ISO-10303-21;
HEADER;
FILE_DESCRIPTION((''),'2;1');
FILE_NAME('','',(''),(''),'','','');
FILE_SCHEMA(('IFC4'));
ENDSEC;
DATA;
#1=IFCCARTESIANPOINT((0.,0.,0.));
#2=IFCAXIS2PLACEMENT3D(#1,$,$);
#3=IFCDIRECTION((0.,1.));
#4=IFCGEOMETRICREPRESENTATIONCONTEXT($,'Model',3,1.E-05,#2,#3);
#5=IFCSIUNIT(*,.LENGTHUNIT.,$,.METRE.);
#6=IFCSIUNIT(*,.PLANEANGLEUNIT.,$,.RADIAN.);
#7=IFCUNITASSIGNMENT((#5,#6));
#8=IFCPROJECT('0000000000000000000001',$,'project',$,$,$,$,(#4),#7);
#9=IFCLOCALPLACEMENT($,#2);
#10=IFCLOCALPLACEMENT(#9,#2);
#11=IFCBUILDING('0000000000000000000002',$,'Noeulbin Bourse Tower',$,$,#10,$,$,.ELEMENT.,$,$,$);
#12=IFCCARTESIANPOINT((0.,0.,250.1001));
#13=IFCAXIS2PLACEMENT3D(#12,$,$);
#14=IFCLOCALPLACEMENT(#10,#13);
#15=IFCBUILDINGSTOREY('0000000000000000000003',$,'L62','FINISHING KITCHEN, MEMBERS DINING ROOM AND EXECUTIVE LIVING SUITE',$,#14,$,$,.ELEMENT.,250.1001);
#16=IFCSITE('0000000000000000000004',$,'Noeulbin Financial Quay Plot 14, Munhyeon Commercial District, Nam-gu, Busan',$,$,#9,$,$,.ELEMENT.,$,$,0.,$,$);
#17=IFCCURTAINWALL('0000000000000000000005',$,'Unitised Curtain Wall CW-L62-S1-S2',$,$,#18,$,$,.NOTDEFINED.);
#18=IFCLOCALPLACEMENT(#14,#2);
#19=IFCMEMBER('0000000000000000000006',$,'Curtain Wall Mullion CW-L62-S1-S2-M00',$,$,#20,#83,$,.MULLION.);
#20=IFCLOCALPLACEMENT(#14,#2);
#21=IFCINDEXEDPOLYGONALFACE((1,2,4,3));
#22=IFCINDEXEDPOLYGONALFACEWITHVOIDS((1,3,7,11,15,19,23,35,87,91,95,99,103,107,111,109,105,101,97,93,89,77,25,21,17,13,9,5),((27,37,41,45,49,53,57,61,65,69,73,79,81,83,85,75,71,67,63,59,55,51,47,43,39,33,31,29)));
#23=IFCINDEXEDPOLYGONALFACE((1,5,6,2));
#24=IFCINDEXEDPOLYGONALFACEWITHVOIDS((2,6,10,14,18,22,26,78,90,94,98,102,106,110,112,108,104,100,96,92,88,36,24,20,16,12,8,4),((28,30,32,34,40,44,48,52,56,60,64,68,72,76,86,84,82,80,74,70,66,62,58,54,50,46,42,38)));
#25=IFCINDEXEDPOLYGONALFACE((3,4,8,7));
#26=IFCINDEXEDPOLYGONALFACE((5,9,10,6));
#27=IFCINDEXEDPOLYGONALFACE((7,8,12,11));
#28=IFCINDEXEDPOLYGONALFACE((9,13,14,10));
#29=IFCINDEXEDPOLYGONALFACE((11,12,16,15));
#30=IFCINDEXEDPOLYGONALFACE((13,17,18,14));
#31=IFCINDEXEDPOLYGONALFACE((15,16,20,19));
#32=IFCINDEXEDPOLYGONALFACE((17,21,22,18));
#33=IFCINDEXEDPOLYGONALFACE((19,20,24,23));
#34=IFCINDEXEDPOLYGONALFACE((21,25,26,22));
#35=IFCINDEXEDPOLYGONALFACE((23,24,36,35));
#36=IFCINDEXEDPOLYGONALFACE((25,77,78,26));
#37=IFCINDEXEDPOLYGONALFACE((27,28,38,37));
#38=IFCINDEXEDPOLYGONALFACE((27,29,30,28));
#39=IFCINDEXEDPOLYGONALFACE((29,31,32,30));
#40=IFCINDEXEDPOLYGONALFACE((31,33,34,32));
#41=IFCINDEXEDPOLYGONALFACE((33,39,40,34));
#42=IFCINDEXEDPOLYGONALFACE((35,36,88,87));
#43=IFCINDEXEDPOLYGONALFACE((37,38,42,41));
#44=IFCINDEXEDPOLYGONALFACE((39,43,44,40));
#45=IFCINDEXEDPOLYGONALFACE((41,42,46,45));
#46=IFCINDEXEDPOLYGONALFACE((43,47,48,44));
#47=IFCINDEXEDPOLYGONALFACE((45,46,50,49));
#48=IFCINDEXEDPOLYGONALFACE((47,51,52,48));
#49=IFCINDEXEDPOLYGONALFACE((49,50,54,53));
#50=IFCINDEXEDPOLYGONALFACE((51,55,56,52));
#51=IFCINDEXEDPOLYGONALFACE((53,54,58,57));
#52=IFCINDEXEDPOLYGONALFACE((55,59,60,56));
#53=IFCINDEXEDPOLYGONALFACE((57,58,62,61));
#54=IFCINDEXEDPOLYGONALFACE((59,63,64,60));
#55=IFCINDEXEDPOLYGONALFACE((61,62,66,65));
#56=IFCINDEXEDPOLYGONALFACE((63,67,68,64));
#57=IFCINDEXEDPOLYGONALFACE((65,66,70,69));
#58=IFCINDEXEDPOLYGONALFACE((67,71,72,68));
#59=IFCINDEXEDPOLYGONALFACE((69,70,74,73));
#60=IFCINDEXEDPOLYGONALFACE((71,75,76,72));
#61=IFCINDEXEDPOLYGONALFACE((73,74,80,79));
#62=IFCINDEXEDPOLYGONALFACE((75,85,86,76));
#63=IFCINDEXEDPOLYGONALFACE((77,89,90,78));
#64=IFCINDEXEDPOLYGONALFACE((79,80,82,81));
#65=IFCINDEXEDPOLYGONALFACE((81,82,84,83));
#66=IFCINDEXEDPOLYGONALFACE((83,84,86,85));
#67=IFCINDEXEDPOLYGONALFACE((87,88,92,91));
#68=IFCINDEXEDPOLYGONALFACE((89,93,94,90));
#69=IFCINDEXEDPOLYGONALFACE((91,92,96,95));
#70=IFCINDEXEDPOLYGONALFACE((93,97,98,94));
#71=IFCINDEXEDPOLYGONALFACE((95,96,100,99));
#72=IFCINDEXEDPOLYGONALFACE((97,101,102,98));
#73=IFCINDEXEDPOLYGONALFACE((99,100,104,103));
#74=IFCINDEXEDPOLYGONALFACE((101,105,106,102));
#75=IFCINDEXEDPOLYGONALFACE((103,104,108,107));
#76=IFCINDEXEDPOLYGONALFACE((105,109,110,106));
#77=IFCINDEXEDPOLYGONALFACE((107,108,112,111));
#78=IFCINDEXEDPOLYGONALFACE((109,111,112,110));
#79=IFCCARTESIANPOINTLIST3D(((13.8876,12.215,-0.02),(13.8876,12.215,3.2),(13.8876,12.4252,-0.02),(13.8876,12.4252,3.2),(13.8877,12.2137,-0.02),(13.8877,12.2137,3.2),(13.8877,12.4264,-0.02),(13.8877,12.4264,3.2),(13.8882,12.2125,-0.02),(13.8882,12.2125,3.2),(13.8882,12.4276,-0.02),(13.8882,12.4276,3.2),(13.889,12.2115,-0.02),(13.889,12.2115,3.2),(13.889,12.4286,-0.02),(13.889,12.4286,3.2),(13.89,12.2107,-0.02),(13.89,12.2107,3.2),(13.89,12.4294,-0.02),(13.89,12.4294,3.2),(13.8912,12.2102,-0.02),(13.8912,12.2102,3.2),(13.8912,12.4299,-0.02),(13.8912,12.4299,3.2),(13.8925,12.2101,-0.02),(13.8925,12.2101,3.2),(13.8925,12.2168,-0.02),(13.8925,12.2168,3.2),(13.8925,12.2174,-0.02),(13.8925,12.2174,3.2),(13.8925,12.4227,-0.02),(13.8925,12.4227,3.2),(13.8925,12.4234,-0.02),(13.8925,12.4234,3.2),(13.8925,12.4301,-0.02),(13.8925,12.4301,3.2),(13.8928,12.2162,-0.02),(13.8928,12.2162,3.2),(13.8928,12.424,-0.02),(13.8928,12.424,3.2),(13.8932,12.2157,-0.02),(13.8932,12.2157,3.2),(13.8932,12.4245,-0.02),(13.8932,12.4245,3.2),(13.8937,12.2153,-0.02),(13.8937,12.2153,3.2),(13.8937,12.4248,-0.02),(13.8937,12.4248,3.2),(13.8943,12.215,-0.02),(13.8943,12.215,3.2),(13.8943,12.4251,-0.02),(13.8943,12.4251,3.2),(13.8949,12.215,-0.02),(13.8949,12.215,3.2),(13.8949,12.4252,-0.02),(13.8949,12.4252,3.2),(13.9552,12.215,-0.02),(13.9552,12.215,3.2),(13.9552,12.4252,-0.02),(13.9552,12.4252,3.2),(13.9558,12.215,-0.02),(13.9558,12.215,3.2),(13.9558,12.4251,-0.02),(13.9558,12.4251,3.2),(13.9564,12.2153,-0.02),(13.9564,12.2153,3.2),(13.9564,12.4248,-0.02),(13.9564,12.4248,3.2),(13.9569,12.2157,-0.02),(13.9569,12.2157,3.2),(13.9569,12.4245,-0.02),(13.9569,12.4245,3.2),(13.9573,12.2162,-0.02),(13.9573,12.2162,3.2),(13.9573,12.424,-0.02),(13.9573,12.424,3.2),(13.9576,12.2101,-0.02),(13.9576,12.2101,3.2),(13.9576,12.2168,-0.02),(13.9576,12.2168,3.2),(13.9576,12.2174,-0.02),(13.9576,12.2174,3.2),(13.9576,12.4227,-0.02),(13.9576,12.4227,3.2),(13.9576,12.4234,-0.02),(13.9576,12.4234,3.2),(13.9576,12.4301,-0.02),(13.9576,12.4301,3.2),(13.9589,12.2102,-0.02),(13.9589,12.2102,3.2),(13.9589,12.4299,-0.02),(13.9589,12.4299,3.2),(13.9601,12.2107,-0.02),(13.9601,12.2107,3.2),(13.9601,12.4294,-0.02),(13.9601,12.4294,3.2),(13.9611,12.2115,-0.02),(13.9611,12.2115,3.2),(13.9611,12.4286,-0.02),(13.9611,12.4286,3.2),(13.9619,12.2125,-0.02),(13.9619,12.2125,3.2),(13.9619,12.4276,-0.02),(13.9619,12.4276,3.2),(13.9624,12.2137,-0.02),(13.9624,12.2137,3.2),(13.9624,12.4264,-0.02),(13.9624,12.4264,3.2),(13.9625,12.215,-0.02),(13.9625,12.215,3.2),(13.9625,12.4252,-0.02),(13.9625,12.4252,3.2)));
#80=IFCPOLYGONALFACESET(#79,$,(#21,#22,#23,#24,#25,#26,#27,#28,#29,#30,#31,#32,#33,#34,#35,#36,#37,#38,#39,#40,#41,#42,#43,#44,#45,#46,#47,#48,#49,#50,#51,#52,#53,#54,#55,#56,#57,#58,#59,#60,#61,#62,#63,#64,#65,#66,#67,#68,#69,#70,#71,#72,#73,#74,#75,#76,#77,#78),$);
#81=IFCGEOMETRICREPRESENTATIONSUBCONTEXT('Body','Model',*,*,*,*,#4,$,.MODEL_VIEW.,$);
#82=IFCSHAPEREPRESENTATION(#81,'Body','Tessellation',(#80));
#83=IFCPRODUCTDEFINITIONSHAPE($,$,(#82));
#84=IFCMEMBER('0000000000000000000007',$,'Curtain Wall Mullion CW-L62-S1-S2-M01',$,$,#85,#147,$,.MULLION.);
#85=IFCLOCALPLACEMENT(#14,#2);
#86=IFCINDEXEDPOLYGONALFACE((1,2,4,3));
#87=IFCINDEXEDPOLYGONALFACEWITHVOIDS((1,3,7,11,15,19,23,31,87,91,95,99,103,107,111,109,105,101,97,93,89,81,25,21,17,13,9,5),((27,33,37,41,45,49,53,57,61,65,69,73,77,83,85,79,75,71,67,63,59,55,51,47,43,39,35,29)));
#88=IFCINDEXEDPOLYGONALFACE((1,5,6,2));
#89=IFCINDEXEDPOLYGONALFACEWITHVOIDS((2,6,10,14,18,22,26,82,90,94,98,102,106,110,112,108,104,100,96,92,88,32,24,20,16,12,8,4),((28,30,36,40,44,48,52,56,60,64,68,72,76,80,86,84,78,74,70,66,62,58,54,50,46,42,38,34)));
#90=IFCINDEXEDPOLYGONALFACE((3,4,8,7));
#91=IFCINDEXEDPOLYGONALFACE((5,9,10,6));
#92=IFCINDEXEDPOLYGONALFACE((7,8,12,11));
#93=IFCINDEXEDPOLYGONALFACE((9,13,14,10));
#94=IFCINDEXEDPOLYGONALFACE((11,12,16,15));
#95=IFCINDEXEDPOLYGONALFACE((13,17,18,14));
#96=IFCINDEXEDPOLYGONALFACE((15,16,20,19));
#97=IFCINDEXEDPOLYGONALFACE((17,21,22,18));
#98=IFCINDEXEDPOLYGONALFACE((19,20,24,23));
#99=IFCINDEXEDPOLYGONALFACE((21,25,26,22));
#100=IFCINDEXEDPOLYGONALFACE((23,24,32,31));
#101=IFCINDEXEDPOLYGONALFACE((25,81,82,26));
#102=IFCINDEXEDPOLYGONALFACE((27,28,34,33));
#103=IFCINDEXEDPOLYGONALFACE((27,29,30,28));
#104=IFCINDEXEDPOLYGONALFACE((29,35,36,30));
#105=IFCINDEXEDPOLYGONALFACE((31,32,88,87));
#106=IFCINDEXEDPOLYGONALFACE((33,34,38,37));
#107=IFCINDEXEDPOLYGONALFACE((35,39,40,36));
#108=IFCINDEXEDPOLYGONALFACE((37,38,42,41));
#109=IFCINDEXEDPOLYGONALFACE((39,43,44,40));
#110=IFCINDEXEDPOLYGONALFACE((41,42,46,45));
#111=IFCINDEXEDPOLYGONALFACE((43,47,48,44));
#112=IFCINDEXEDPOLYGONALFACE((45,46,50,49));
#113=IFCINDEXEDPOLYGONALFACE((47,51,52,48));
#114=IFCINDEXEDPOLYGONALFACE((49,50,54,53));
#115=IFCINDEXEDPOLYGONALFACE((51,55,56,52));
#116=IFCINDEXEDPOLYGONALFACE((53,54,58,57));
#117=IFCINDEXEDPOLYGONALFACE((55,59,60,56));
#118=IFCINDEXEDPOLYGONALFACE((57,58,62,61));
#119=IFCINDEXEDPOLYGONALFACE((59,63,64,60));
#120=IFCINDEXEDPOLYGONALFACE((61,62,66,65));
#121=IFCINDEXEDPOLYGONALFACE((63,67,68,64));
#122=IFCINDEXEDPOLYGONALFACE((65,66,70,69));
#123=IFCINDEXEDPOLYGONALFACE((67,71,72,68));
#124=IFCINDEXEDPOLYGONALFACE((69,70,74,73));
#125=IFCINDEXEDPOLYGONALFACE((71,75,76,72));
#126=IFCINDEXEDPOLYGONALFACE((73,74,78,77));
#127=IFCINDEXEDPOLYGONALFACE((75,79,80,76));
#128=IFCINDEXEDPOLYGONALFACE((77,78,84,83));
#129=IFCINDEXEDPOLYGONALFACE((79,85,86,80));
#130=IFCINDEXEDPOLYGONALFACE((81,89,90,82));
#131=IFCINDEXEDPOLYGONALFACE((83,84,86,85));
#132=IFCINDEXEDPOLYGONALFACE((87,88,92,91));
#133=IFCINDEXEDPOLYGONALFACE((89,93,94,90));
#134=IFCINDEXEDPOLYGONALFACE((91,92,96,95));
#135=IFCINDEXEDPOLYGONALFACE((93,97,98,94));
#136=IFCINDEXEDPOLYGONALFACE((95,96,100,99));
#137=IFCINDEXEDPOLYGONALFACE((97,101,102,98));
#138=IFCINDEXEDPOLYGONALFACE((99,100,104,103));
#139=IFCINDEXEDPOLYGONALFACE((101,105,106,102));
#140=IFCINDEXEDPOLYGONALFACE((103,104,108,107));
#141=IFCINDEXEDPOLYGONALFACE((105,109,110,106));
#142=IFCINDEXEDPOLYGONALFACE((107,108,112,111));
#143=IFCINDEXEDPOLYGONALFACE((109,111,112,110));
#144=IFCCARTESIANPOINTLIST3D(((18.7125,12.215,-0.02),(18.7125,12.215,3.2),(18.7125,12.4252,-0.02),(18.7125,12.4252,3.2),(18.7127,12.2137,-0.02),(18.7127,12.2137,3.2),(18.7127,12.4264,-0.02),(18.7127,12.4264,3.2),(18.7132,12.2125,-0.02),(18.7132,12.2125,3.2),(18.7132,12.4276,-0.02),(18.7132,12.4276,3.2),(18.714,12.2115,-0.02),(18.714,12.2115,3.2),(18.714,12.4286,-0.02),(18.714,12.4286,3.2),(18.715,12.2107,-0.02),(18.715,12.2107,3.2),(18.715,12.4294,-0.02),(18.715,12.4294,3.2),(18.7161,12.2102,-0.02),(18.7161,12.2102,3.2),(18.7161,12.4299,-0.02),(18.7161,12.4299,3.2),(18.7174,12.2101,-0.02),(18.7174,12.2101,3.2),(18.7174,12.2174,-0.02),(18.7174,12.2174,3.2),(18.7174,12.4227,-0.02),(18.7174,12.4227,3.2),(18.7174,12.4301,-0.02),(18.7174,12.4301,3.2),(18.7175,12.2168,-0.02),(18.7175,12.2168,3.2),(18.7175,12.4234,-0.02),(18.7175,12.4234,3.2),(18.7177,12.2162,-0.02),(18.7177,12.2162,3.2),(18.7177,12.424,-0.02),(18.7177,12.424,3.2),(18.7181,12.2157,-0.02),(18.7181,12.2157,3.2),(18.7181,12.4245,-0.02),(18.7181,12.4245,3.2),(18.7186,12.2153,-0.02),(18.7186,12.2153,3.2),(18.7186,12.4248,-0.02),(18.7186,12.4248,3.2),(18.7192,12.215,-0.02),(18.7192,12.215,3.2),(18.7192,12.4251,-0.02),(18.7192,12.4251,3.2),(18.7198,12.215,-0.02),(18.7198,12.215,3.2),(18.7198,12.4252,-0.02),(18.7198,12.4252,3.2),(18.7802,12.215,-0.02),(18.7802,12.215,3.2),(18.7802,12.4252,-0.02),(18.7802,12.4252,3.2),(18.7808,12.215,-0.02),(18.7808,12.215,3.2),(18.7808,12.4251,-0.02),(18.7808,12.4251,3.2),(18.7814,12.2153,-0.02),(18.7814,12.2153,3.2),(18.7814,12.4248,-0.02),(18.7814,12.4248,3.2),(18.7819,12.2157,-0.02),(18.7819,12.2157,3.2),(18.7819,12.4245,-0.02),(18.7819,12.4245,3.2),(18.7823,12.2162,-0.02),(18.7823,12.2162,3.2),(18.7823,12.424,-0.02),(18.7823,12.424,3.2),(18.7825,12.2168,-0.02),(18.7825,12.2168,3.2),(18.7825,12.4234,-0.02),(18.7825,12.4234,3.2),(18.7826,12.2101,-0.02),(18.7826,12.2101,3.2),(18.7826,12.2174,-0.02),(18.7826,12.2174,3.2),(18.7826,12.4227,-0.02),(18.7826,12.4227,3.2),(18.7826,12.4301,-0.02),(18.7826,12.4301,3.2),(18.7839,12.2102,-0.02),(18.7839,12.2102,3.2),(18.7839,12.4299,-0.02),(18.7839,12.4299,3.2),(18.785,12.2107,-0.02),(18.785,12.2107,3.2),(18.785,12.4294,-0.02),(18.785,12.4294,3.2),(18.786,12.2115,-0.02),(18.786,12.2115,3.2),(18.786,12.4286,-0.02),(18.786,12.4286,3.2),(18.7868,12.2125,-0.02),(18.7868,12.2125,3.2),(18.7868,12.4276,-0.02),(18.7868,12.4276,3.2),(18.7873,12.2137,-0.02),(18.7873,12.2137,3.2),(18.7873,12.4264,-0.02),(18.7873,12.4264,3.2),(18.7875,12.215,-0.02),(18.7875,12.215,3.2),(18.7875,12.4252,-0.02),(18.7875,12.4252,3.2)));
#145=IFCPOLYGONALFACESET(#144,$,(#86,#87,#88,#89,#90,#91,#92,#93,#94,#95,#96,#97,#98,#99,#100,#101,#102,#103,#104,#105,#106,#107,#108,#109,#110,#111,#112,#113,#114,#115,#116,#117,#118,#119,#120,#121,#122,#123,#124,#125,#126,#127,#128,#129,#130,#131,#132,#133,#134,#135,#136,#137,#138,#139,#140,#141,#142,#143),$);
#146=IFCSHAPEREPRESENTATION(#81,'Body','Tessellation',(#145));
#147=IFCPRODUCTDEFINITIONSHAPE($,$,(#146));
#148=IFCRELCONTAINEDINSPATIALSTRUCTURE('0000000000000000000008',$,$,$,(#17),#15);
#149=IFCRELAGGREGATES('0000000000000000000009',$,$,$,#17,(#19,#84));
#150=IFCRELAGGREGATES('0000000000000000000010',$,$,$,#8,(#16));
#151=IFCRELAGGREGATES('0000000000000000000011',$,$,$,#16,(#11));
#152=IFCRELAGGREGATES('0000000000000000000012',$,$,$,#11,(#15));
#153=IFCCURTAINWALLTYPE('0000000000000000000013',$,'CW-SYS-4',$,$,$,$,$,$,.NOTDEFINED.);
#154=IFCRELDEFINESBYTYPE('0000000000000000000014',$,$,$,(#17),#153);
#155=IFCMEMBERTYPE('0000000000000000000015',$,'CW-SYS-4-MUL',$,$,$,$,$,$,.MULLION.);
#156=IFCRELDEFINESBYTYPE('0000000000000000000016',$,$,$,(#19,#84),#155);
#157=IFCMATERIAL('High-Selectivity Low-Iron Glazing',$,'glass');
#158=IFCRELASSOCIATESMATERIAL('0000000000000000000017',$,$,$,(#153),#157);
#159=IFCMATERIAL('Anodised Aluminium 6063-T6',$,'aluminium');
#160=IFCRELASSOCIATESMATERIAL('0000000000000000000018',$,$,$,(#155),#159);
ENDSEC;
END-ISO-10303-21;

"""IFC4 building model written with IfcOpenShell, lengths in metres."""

from ifc_helpers import new_model, si_unit, direction, frame, origin, origin_2d, place, context, subcontext, project, spatial, hollow_rectangle, extrude, material, material_profile, profile_set, type_object, element, aggregate, save


model = new_model("IFC4")

# Units and contexts
model_context = context("Model", 3, precision=1e-05, world=origin(), true_north=direction((0.0, 1.0)))
body_context = subcontext(model_context, "Body", "Model", "MODEL_VIEW")
ifc_project = project(units=[si_unit("LENGTHUNIT", "METRE"), si_unit("PLANEANGLEUNIT", "RADIAN")], contexts=[model_context])

# Site, building, storey
site_placement = place(None, origin())
site = spatial("IfcSite", under=ifc_project, at=site_placement, Name="Noeulbin Financial Quay Plot 14, Munhyeon Commercial District, Nam-gu, Busan", CompositionType="ELEMENT", RefElevation=0.0)
building_placement = place(site_placement, origin())
building = spatial("IfcBuilding", under=site, at=building_placement, Name="Noeulbin Bourse Tower", CompositionType="ELEMENT")
storey_placement = place(building_placement, frame((0.0, 0.0, 250.1001)))
storey = spatial("IfcBuildingStorey", under=building, at=storey_placement, Name="L62", Description="FINISHING KITCHEN, MEMBERS DINING ROOM AND EXECUTIVE LIVING SUITE", CompositionType="ELEMENT", Elevation=250.1001)

# Curtain wall, members
ifc_material_1 = material(Name="High-Selectivity Low-Iron Glazing", Category="glass")
curtain_wall_type = type_object("IfcCurtainWallType", Name="CW-SYS-4", PredefinedType="NOTDEFINED", material=ifc_material_1)
curtain_wall_1_placement = place(storey_placement, origin())
curtain_wall_1 = element("IfcCurtainWall", 1, at=curtain_wall_1_placement, inside=storey, type_object=curtain_wall_type, Name="Unitised Curtain Wall CW-L62-S1-S2", PredefinedType="NOTDEFINED")
ifc_material_2 = material(Name="Anodised Aluminium 6063-T6", Category="aluminium")
ifc_material_profile_1 = material_profile(ifc_material_2, hollow_rectangle(XDim=0.075, YDim=0.22, WallThickness=0.0049, InnerFilletRadius=0.0024, OuterFilletRadius=0.0049, at=origin_2d()), Name="ALU-MULL-75x220x5", Category="LoadBearing")
ifc_profile_set_1 = profile_set([ifc_material_profile_1], Name="Anodised Aluminium 6063-T6")
member_type_1 = type_object("IfcMemberType", Name="CW-SYS-4-MUL", PredefinedType="MULLION", material=ifc_profile_set_1)
member_1_placement = place(storey_placement, frame((13.925, 12.3201, -0.02), z_axis=(0.0, 0.0, 1.0), x_axis=(1.0, 0.0, 0.0)))
member_1 = element("IfcMember", 2, at=member_1_placement, type_object=member_type_1, Name="Curtain Wall Mullion CW-L62-S1-S2-M00", PredefinedType="MULLION", context=body_context, shape_type="SweptSolid", body=[
    extrude(hollow_rectangle(XDim=0.075, YDim=0.22, WallThickness=0.0049, InnerFilletRadius=0.0024, OuterFilletRadius=0.0049, at=origin_2d()), origin(), (0.0, 0.0, 1.0), 3.22),
])
member_2_placement = place(storey_placement, frame((18.75, 12.3201, -0.02), z_axis=(0.0, 0.0, 1.0), x_axis=(1.0, 0.0, 0.0)))
member_2 = element("IfcMember", 3, at=member_2_placement, type_object=member_type_1, Name="Curtain Wall Mullion CW-L62-S1-S2-M01", PredefinedType="MULLION", context=body_context, shape_type="SweptSolid", body=[
    extrude(hollow_rectangle(XDim=0.075, YDim=0.22, WallThickness=0.0049, InnerFilletRadius=0.0024, OuterFilletRadius=0.0049, at=origin_2d()), origin(), (0.0, 0.0, 1.0), 3.22),
])

aggregate(curtain_wall_1, [member_1, member_2])

save(model, "model.ifc")
